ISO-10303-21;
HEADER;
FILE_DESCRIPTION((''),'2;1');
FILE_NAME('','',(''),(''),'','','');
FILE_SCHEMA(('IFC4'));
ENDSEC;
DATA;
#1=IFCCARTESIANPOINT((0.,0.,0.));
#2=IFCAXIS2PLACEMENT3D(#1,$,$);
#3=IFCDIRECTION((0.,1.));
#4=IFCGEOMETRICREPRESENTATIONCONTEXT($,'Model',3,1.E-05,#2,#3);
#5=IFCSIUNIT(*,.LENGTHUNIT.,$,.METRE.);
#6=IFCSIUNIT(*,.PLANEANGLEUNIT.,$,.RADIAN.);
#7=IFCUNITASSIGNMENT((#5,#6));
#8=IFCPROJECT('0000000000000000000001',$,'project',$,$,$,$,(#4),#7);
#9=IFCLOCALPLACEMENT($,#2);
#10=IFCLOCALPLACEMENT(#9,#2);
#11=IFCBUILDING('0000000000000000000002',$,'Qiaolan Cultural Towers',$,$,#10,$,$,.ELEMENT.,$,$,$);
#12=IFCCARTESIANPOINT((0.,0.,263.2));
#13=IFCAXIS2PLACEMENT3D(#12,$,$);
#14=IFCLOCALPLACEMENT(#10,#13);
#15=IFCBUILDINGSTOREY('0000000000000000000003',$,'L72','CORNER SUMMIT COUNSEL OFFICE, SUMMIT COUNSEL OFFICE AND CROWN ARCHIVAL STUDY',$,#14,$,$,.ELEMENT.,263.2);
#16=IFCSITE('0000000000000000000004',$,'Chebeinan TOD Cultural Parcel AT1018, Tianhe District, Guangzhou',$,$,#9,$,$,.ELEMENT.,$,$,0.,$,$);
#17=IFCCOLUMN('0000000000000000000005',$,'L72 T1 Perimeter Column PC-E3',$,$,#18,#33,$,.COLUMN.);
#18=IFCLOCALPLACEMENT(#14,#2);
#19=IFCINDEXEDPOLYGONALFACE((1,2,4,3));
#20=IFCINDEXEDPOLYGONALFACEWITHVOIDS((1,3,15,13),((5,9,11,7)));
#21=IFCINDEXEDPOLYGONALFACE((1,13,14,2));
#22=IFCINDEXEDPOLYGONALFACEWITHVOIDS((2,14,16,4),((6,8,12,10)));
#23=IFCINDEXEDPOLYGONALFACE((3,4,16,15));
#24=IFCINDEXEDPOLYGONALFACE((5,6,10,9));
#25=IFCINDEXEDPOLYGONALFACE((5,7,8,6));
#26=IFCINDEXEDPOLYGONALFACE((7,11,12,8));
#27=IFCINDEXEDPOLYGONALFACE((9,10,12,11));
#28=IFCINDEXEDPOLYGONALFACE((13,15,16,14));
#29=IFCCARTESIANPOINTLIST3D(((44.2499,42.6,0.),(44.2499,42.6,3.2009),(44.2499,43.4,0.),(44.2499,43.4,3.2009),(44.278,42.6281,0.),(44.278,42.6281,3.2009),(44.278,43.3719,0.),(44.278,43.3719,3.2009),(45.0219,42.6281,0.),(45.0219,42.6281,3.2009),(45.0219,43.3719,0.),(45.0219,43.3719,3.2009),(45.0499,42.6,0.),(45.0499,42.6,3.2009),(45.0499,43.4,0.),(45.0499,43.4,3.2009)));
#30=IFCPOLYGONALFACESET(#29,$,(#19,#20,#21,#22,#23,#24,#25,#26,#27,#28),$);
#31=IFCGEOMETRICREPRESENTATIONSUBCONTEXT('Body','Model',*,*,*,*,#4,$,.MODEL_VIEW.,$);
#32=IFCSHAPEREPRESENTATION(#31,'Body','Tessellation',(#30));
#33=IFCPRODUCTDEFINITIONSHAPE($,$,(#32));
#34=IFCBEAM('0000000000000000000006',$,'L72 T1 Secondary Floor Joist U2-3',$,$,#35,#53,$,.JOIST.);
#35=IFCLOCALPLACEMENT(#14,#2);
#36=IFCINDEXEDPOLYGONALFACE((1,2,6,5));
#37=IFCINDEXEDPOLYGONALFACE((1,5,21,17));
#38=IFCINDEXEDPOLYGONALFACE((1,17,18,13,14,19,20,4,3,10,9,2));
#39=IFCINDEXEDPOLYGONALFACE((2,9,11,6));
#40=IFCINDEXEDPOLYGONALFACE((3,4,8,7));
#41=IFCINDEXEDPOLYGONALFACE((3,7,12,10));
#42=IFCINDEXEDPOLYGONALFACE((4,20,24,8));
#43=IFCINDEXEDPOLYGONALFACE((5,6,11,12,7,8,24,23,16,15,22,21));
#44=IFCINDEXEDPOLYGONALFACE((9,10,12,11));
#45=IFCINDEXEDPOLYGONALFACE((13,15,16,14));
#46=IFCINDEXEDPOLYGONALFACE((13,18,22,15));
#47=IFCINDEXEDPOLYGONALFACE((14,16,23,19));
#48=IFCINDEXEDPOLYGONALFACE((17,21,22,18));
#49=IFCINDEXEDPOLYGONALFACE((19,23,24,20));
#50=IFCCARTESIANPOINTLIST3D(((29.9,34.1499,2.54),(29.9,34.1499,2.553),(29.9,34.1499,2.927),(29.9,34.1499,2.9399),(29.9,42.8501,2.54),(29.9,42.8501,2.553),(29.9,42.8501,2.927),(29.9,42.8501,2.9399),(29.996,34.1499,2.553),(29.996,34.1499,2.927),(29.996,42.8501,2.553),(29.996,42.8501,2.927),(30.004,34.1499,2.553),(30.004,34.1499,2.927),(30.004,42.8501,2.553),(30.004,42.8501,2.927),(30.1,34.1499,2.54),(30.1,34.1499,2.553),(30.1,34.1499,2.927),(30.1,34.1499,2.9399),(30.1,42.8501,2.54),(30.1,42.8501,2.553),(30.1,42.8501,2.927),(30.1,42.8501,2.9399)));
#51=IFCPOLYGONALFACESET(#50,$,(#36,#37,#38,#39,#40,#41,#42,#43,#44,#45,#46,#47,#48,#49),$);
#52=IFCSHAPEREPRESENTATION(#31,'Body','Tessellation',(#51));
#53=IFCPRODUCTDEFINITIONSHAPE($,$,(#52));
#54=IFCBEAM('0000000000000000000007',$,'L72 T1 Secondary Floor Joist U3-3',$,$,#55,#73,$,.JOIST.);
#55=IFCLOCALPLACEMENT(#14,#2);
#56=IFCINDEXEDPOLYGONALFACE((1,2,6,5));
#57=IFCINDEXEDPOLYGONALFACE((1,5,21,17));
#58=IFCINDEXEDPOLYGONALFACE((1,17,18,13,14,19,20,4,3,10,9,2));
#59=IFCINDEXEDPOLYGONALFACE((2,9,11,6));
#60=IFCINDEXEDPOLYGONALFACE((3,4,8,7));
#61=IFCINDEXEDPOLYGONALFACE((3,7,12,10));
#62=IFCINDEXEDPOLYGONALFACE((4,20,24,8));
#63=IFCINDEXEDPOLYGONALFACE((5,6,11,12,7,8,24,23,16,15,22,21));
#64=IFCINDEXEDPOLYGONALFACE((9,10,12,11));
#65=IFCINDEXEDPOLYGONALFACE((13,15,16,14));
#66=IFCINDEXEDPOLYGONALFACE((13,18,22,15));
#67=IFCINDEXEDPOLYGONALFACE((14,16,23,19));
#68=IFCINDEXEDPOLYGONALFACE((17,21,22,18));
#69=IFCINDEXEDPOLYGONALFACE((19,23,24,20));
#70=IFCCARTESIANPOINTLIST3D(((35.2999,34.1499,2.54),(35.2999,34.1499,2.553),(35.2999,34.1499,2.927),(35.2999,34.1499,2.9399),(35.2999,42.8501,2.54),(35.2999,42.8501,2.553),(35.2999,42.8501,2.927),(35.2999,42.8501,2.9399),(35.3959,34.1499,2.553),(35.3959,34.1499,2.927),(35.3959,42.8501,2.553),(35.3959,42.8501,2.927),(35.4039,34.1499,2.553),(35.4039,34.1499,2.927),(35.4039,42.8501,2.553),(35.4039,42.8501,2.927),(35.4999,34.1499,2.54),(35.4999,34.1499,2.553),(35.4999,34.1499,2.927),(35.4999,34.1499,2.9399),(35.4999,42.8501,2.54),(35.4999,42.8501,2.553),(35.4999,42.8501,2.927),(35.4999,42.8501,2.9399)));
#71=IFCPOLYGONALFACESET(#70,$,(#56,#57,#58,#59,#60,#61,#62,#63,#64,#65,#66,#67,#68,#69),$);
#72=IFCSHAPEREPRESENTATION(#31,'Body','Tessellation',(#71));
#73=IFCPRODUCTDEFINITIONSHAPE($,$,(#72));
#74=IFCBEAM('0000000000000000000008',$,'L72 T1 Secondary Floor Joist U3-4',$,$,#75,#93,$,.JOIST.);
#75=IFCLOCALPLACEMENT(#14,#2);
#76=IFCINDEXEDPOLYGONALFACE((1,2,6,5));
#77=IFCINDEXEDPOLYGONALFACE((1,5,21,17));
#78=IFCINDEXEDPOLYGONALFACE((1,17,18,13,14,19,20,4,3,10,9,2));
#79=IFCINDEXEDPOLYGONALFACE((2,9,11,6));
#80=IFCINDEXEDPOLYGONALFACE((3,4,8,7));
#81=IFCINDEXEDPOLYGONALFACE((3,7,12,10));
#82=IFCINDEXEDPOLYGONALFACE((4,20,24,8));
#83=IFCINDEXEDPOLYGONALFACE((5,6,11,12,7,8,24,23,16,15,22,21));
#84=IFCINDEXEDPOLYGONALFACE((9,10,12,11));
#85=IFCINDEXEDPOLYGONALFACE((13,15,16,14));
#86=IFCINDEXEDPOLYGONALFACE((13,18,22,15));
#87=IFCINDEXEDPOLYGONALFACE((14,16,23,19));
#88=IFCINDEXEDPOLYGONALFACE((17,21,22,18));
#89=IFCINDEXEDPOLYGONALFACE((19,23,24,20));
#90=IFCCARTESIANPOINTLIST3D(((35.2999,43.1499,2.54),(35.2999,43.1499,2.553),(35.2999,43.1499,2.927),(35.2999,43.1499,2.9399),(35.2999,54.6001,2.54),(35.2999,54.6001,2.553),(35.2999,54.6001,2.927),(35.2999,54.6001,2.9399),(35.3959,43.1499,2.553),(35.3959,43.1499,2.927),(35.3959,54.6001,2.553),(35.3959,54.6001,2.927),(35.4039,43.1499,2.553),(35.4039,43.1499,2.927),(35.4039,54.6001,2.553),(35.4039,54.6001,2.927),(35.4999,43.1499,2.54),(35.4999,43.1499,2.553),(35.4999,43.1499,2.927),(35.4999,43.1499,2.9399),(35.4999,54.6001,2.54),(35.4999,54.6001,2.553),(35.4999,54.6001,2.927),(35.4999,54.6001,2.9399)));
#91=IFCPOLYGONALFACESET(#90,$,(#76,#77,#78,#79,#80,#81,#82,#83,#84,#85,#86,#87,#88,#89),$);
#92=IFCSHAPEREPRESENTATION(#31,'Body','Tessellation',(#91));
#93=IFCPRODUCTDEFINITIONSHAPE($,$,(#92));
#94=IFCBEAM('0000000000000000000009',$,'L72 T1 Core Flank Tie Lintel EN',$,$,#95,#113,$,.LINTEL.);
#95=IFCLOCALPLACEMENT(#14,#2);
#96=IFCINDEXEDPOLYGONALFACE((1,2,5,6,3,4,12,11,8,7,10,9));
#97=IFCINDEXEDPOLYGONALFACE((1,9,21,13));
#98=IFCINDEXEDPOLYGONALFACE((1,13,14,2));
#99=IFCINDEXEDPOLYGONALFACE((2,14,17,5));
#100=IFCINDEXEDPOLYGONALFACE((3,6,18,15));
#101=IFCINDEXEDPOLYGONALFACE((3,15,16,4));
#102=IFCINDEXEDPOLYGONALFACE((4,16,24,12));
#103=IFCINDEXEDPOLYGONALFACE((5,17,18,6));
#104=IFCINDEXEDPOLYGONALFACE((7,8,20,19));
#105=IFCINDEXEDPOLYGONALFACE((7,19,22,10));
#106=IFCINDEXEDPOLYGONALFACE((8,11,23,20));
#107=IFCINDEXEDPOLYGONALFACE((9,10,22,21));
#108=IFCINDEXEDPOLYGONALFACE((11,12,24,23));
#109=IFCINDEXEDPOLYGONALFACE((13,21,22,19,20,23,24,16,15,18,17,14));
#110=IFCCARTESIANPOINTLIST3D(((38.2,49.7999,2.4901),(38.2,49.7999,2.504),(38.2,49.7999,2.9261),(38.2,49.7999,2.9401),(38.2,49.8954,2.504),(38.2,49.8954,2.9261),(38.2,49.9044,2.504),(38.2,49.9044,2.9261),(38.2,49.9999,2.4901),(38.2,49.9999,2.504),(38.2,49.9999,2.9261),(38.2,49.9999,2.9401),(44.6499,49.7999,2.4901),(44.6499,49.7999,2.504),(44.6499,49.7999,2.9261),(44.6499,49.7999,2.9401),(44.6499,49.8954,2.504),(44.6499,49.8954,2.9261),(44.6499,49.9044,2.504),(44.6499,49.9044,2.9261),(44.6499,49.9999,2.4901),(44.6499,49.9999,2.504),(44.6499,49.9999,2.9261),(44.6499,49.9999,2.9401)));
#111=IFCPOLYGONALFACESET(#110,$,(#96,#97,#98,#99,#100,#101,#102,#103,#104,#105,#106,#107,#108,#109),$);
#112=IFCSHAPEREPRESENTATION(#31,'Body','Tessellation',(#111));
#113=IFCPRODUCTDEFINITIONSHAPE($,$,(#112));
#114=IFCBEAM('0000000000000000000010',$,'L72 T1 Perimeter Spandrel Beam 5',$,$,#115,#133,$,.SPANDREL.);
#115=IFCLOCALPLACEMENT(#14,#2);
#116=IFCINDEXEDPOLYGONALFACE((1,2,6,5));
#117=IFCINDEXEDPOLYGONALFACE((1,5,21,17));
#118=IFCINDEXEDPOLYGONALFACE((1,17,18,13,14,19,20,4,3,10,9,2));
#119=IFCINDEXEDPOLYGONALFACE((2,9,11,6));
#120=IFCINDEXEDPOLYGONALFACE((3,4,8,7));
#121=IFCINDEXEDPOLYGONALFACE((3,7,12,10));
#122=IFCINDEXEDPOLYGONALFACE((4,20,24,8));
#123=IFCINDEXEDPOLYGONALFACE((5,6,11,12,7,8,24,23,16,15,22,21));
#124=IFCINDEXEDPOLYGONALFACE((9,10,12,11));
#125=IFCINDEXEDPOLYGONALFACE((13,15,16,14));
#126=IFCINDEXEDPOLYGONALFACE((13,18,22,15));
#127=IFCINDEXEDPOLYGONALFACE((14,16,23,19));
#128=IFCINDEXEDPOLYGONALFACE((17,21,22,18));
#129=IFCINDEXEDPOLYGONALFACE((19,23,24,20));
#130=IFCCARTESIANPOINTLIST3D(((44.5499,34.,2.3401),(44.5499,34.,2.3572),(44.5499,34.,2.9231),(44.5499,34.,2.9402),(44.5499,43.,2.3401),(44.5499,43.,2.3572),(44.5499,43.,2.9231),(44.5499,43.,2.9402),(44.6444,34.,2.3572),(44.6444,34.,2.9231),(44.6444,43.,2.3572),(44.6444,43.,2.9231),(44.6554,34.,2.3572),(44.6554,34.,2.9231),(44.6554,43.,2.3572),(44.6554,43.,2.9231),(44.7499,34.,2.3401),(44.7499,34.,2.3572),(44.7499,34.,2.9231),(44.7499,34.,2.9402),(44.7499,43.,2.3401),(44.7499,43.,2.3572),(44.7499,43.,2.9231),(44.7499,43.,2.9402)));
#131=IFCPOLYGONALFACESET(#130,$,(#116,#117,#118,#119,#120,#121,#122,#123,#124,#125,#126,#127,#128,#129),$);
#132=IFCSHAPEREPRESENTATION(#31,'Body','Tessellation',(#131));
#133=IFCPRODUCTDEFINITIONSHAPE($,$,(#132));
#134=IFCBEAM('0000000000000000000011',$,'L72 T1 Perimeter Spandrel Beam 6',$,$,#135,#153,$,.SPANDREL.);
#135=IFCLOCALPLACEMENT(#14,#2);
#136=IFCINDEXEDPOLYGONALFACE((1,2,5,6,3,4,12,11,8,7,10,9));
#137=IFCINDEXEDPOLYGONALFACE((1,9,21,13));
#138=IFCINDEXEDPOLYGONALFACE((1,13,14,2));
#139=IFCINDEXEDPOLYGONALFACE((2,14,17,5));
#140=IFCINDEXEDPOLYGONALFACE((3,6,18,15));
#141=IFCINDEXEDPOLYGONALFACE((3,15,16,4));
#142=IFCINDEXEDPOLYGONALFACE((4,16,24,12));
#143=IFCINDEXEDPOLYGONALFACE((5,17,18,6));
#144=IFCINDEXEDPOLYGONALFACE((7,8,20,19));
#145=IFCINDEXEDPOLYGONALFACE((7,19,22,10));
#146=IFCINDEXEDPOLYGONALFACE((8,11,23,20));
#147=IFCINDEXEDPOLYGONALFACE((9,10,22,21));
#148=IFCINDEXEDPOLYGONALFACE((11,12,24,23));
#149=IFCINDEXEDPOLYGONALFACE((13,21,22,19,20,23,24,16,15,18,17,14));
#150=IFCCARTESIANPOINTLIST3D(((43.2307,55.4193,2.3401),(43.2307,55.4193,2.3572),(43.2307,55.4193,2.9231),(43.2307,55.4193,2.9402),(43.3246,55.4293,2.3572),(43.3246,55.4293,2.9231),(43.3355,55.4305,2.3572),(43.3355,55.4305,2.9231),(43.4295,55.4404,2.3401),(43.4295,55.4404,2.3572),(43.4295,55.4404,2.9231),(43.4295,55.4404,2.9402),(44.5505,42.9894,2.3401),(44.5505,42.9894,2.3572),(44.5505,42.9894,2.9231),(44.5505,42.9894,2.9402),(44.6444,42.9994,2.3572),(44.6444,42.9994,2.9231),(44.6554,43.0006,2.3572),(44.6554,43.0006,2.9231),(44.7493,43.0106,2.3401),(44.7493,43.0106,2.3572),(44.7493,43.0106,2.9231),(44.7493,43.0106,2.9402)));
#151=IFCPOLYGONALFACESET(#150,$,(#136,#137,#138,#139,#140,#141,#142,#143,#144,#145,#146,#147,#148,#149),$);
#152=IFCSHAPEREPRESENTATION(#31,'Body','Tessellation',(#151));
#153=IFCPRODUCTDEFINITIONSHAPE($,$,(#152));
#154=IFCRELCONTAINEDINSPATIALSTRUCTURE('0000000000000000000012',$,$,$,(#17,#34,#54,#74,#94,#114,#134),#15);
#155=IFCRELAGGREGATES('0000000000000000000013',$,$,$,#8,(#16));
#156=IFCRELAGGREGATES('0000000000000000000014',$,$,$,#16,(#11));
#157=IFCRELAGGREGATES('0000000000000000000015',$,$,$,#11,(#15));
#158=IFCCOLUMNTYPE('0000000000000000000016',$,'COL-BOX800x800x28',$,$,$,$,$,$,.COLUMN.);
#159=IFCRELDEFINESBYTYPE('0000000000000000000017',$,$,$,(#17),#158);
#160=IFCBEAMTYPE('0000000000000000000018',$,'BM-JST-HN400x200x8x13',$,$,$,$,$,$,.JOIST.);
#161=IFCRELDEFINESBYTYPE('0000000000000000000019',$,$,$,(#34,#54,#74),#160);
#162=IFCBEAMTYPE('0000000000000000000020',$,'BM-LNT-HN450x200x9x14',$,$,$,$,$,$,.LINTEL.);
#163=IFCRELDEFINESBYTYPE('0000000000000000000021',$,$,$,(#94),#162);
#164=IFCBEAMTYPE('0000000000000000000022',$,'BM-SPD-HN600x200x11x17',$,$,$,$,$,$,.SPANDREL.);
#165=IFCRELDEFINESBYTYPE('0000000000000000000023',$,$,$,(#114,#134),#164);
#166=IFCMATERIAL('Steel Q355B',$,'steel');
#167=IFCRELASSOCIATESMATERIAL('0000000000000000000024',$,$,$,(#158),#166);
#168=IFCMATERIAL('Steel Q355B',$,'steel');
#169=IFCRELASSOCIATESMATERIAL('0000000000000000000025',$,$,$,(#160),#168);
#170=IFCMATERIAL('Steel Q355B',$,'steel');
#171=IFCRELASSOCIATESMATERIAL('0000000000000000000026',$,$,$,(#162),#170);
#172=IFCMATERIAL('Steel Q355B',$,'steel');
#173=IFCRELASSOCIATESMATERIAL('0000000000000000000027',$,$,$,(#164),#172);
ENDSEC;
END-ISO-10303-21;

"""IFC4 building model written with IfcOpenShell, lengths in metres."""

from ifc_helpers import new_model, si_unit, direction, frame, origin, origin_2d, place, context, subcontext, project, spatial, hollow_rectangle, i_section, extrude, material, material_profile, profile_set, type_object, element, save


model = new_model("IFC4")

# Units and contexts
model_context = context("Model", 3, precision=1e-05, world=origin(), true_north=direction((0.0, 1.0)))
body_context = subcontext(model_context, "Body", "Model", "MODEL_VIEW")
ifc_project = project(units=[si_unit("LENGTHUNIT", "METRE"), si_unit("PLANEANGLEUNIT", "RADIAN")], contexts=[model_context])

# Site, building, storey
site_placement = place(None, origin())
site = spatial("IfcSite", under=ifc_project, at=site_placement, Name="Chebeinan TOD Cultural Parcel AT1018, Tianhe District, Guangzhou", CompositionType="ELEMENT", RefElevation=0.0)
building_placement = place(site_placement, origin())
building = spatial("IfcBuilding", under=site, at=building_placement, Name="Qiaolan Cultural Towers", CompositionType="ELEMENT")
storey_placement = place(building_placement, frame((0.0, 0.0, 263.2)))
storey = spatial("IfcBuildingStorey", under=building, at=storey_placement, Name="L72", Description="CORNER SUMMIT COUNSEL OFFICE, SUMMIT COUNSEL OFFICE AND CROWN ARCHIVAL STUDY", CompositionType="ELEMENT", Elevation=263.2)

# Column
ifc_material_1 = material(Name="Steel Q355B", Category="steel")
ifc_material_profile_1 = material_profile(ifc_material_1, hollow_rectangle(XDim=0.8, YDim=0.8, WallThickness=0.0281, at=origin_2d()), Name="BOX800x800x28")
ifc_profile_set_1 = profile_set([ifc_material_profile_1], Name="Steel Q355B")
column_type = type_object("IfcColumnType", Name="COL-BOX800x800x28", PredefinedType="COLUMN", material=ifc_profile_set_1)
column_placement = place(storey_placement, frame((44.6499, 43.0, 0.0), z_axis=(0.0, 0.0, 1.0), x_axis=(1.0, 0.0, 0.0)))
element("IfcColumn", 1, at=column_placement, inside=storey, type_object=column_type, Name="L72 T1 Perimeter Column PC-E3", PredefinedType="COLUMN", context=body_context, shape_type="SweptSolid", body=[
    extrude(hollow_rectangle(XDim=0.8, YDim=0.8, WallThickness=0.0281, at=origin_2d()), origin(), (0.0, 0.0, 1.0), 3.2009),
])

# Beams
ifc_material_2 = material(Name="Steel Q355B", Category="steel")
ifc_material_profile_2 = material_profile(ifc_material_2, i_section(OverallWidth=0.2, OverallDepth=0.3999, WebThickness=0.0081, FlangeThickness=0.0129, at=origin_2d()), Name="HN400x200x8x13")
ifc_profile_set_2 = profile_set([ifc_material_profile_2], Name="Steel Q355B")
beam_type_1 = type_object("IfcBeamType", Name="BM-JST-HN400x200x8x13", PredefinedType="JOIST", material=ifc_profile_set_2)
for number, where, z_axis, x_axis, name in (
    (2, (30.0, 34.1499, 2.74), (0.0, 1.0, 0.0), (-1.0, 0.0, 0.0), "L72 T1 Secondary Floor Joist U2-3"),
    (3, (35.3999, 34.1499, 2.74), (0.0, 1.0, 0.0), (-1.0, 0.0, 0.0), "L72 T1 Secondary Floor Joist U3-3"),
):
    element("IfcBeam", number, at=place(storey_placement, frame(where, z_axis=z_axis, x_axis=x_axis)), inside=storey, type_object=beam_type_1, Name=name, PredefinedType="JOIST", context=body_context, shape_type="SweptSolid", body=[
        extrude(i_section(OverallWidth=0.2, OverallDepth=0.3999, WebThickness=0.0081, FlangeThickness=0.0129, at=origin_2d()), origin(), (0.0, 0.0, 1.0), 8.7002),
    ])
beam_1_placement = place(storey_placement, frame((35.3999, 43.1499, 2.74), z_axis=(0.0, 1.0, 0.0), x_axis=(-1.0, 0.0, 0.0)))
element("IfcBeam", 4, at=beam_1_placement, inside=storey, type_object=beam_type_1, Name="L72 T1 Secondary Floor Joist U3-4", PredefinedType="JOIST", context=body_context, shape_type="SweptSolid", body=[
    extrude(i_section(OverallWidth=0.2, OverallDepth=0.3999, WebThickness=0.0081, FlangeThickness=0.0129, at=origin_2d()), origin(), (0.0, 0.0, 1.0), 11.4502),
])
ifc_material_3 = material(Name="Steel Q355B", Category="steel")
ifc_material_profile_3 = material_profile(ifc_material_3, i_section(OverallWidth=0.2, OverallDepth=0.45, WebThickness=0.009, FlangeThickness=0.0139, at=origin_2d()), Name="HN450x200x9x14")
ifc_profile_set_3 = profile_set([ifc_material_profile_3], Name="Steel Q355B")
beam_type_2 = type_object("IfcBeamType", Name="BM-LNT-HN450x200x9x14", PredefinedType="LINTEL", material=ifc_profile_set_3)
beam_2_placement = place(storey_placement, frame((38.2, 49.8999, 2.7151), z_axis=(1.0, 0.0, 0.0), x_axis=(0.0, 1.0, 0.0)))
element("IfcBeam", 5, at=beam_2_placement, inside=storey, type_object=beam_type_2, Name="L72 T1 Core Flank Tie Lintel EN", PredefinedType="LINTEL", context=body_context, shape_type="SweptSolid", body=[
    extrude(i_section(OverallWidth=0.2, OverallDepth=0.45, WebThickness=0.009, FlangeThickness=0.0139, at=origin_2d()), origin(), (0.0, 0.0, 1.0), 6.45),
])
ifc_material_4 = material(Name="Steel Q355B", Category="steel")
ifc_material_profile_4 = material_profile(ifc_material_4, i_section(OverallWidth=0.2, OverallDepth=0.6001, WebThickness=0.011, FlangeThickness=0.0171, at=origin_2d()), Name="HN600x200x11x17")
ifc_profile_set_4 = profile_set([ifc_material_profile_4], Name="Steel Q355B")
beam_type_3 = type_object("IfcBeamType", Name="BM-SPD-HN600x200x11x17", PredefinedType="SPANDREL", material=ifc_profile_set_4)
beam_3_placement = place(storey_placement, frame((44.6499, 34.0, 2.6401), z_axis=(0.0, 1.0, 0.0), x_axis=(-1.0, 0.0, 0.0)))
element("IfcBeam", 6, at=beam_3_placement, inside=storey, type_object=beam_type_3, Name="L72 T1 Perimeter Spandrel Beam 5", PredefinedType="SPANDREL", context=body_context, shape_type="SweptSolid", body=[
    extrude(i_section(OverallWidth=0.2, OverallDepth=0.6001, WebThickness=0.011, FlangeThickness=0.0171, at=origin_2d()), origin(), (0.0, 0.0, 1.0), 9.0),
])
beam_4_placement = place(storey_placement, frame((44.6499, 43.0, 2.6401), z_axis=(-0.105588, 0.99441, 0.0), x_axis=(-0.99441, -0.105588, 0.0)))
element("IfcBeam", 7, at=beam_4_placement, inside=storey, type_object=beam_type_3, Name="L72 T1 Perimeter Spandrel Beam 6", PredefinedType="SPANDREL", context=body_context, shape_type="SweptSolid", body=[
    extrude(i_section(OverallWidth=0.2, OverallDepth=0.6001, WebThickness=0.011, FlangeThickness=0.0171, at=origin_2d()), origin(), (0.0, 0.0, 1.0), 12.4998),
])

save(model, "model.ifc")
